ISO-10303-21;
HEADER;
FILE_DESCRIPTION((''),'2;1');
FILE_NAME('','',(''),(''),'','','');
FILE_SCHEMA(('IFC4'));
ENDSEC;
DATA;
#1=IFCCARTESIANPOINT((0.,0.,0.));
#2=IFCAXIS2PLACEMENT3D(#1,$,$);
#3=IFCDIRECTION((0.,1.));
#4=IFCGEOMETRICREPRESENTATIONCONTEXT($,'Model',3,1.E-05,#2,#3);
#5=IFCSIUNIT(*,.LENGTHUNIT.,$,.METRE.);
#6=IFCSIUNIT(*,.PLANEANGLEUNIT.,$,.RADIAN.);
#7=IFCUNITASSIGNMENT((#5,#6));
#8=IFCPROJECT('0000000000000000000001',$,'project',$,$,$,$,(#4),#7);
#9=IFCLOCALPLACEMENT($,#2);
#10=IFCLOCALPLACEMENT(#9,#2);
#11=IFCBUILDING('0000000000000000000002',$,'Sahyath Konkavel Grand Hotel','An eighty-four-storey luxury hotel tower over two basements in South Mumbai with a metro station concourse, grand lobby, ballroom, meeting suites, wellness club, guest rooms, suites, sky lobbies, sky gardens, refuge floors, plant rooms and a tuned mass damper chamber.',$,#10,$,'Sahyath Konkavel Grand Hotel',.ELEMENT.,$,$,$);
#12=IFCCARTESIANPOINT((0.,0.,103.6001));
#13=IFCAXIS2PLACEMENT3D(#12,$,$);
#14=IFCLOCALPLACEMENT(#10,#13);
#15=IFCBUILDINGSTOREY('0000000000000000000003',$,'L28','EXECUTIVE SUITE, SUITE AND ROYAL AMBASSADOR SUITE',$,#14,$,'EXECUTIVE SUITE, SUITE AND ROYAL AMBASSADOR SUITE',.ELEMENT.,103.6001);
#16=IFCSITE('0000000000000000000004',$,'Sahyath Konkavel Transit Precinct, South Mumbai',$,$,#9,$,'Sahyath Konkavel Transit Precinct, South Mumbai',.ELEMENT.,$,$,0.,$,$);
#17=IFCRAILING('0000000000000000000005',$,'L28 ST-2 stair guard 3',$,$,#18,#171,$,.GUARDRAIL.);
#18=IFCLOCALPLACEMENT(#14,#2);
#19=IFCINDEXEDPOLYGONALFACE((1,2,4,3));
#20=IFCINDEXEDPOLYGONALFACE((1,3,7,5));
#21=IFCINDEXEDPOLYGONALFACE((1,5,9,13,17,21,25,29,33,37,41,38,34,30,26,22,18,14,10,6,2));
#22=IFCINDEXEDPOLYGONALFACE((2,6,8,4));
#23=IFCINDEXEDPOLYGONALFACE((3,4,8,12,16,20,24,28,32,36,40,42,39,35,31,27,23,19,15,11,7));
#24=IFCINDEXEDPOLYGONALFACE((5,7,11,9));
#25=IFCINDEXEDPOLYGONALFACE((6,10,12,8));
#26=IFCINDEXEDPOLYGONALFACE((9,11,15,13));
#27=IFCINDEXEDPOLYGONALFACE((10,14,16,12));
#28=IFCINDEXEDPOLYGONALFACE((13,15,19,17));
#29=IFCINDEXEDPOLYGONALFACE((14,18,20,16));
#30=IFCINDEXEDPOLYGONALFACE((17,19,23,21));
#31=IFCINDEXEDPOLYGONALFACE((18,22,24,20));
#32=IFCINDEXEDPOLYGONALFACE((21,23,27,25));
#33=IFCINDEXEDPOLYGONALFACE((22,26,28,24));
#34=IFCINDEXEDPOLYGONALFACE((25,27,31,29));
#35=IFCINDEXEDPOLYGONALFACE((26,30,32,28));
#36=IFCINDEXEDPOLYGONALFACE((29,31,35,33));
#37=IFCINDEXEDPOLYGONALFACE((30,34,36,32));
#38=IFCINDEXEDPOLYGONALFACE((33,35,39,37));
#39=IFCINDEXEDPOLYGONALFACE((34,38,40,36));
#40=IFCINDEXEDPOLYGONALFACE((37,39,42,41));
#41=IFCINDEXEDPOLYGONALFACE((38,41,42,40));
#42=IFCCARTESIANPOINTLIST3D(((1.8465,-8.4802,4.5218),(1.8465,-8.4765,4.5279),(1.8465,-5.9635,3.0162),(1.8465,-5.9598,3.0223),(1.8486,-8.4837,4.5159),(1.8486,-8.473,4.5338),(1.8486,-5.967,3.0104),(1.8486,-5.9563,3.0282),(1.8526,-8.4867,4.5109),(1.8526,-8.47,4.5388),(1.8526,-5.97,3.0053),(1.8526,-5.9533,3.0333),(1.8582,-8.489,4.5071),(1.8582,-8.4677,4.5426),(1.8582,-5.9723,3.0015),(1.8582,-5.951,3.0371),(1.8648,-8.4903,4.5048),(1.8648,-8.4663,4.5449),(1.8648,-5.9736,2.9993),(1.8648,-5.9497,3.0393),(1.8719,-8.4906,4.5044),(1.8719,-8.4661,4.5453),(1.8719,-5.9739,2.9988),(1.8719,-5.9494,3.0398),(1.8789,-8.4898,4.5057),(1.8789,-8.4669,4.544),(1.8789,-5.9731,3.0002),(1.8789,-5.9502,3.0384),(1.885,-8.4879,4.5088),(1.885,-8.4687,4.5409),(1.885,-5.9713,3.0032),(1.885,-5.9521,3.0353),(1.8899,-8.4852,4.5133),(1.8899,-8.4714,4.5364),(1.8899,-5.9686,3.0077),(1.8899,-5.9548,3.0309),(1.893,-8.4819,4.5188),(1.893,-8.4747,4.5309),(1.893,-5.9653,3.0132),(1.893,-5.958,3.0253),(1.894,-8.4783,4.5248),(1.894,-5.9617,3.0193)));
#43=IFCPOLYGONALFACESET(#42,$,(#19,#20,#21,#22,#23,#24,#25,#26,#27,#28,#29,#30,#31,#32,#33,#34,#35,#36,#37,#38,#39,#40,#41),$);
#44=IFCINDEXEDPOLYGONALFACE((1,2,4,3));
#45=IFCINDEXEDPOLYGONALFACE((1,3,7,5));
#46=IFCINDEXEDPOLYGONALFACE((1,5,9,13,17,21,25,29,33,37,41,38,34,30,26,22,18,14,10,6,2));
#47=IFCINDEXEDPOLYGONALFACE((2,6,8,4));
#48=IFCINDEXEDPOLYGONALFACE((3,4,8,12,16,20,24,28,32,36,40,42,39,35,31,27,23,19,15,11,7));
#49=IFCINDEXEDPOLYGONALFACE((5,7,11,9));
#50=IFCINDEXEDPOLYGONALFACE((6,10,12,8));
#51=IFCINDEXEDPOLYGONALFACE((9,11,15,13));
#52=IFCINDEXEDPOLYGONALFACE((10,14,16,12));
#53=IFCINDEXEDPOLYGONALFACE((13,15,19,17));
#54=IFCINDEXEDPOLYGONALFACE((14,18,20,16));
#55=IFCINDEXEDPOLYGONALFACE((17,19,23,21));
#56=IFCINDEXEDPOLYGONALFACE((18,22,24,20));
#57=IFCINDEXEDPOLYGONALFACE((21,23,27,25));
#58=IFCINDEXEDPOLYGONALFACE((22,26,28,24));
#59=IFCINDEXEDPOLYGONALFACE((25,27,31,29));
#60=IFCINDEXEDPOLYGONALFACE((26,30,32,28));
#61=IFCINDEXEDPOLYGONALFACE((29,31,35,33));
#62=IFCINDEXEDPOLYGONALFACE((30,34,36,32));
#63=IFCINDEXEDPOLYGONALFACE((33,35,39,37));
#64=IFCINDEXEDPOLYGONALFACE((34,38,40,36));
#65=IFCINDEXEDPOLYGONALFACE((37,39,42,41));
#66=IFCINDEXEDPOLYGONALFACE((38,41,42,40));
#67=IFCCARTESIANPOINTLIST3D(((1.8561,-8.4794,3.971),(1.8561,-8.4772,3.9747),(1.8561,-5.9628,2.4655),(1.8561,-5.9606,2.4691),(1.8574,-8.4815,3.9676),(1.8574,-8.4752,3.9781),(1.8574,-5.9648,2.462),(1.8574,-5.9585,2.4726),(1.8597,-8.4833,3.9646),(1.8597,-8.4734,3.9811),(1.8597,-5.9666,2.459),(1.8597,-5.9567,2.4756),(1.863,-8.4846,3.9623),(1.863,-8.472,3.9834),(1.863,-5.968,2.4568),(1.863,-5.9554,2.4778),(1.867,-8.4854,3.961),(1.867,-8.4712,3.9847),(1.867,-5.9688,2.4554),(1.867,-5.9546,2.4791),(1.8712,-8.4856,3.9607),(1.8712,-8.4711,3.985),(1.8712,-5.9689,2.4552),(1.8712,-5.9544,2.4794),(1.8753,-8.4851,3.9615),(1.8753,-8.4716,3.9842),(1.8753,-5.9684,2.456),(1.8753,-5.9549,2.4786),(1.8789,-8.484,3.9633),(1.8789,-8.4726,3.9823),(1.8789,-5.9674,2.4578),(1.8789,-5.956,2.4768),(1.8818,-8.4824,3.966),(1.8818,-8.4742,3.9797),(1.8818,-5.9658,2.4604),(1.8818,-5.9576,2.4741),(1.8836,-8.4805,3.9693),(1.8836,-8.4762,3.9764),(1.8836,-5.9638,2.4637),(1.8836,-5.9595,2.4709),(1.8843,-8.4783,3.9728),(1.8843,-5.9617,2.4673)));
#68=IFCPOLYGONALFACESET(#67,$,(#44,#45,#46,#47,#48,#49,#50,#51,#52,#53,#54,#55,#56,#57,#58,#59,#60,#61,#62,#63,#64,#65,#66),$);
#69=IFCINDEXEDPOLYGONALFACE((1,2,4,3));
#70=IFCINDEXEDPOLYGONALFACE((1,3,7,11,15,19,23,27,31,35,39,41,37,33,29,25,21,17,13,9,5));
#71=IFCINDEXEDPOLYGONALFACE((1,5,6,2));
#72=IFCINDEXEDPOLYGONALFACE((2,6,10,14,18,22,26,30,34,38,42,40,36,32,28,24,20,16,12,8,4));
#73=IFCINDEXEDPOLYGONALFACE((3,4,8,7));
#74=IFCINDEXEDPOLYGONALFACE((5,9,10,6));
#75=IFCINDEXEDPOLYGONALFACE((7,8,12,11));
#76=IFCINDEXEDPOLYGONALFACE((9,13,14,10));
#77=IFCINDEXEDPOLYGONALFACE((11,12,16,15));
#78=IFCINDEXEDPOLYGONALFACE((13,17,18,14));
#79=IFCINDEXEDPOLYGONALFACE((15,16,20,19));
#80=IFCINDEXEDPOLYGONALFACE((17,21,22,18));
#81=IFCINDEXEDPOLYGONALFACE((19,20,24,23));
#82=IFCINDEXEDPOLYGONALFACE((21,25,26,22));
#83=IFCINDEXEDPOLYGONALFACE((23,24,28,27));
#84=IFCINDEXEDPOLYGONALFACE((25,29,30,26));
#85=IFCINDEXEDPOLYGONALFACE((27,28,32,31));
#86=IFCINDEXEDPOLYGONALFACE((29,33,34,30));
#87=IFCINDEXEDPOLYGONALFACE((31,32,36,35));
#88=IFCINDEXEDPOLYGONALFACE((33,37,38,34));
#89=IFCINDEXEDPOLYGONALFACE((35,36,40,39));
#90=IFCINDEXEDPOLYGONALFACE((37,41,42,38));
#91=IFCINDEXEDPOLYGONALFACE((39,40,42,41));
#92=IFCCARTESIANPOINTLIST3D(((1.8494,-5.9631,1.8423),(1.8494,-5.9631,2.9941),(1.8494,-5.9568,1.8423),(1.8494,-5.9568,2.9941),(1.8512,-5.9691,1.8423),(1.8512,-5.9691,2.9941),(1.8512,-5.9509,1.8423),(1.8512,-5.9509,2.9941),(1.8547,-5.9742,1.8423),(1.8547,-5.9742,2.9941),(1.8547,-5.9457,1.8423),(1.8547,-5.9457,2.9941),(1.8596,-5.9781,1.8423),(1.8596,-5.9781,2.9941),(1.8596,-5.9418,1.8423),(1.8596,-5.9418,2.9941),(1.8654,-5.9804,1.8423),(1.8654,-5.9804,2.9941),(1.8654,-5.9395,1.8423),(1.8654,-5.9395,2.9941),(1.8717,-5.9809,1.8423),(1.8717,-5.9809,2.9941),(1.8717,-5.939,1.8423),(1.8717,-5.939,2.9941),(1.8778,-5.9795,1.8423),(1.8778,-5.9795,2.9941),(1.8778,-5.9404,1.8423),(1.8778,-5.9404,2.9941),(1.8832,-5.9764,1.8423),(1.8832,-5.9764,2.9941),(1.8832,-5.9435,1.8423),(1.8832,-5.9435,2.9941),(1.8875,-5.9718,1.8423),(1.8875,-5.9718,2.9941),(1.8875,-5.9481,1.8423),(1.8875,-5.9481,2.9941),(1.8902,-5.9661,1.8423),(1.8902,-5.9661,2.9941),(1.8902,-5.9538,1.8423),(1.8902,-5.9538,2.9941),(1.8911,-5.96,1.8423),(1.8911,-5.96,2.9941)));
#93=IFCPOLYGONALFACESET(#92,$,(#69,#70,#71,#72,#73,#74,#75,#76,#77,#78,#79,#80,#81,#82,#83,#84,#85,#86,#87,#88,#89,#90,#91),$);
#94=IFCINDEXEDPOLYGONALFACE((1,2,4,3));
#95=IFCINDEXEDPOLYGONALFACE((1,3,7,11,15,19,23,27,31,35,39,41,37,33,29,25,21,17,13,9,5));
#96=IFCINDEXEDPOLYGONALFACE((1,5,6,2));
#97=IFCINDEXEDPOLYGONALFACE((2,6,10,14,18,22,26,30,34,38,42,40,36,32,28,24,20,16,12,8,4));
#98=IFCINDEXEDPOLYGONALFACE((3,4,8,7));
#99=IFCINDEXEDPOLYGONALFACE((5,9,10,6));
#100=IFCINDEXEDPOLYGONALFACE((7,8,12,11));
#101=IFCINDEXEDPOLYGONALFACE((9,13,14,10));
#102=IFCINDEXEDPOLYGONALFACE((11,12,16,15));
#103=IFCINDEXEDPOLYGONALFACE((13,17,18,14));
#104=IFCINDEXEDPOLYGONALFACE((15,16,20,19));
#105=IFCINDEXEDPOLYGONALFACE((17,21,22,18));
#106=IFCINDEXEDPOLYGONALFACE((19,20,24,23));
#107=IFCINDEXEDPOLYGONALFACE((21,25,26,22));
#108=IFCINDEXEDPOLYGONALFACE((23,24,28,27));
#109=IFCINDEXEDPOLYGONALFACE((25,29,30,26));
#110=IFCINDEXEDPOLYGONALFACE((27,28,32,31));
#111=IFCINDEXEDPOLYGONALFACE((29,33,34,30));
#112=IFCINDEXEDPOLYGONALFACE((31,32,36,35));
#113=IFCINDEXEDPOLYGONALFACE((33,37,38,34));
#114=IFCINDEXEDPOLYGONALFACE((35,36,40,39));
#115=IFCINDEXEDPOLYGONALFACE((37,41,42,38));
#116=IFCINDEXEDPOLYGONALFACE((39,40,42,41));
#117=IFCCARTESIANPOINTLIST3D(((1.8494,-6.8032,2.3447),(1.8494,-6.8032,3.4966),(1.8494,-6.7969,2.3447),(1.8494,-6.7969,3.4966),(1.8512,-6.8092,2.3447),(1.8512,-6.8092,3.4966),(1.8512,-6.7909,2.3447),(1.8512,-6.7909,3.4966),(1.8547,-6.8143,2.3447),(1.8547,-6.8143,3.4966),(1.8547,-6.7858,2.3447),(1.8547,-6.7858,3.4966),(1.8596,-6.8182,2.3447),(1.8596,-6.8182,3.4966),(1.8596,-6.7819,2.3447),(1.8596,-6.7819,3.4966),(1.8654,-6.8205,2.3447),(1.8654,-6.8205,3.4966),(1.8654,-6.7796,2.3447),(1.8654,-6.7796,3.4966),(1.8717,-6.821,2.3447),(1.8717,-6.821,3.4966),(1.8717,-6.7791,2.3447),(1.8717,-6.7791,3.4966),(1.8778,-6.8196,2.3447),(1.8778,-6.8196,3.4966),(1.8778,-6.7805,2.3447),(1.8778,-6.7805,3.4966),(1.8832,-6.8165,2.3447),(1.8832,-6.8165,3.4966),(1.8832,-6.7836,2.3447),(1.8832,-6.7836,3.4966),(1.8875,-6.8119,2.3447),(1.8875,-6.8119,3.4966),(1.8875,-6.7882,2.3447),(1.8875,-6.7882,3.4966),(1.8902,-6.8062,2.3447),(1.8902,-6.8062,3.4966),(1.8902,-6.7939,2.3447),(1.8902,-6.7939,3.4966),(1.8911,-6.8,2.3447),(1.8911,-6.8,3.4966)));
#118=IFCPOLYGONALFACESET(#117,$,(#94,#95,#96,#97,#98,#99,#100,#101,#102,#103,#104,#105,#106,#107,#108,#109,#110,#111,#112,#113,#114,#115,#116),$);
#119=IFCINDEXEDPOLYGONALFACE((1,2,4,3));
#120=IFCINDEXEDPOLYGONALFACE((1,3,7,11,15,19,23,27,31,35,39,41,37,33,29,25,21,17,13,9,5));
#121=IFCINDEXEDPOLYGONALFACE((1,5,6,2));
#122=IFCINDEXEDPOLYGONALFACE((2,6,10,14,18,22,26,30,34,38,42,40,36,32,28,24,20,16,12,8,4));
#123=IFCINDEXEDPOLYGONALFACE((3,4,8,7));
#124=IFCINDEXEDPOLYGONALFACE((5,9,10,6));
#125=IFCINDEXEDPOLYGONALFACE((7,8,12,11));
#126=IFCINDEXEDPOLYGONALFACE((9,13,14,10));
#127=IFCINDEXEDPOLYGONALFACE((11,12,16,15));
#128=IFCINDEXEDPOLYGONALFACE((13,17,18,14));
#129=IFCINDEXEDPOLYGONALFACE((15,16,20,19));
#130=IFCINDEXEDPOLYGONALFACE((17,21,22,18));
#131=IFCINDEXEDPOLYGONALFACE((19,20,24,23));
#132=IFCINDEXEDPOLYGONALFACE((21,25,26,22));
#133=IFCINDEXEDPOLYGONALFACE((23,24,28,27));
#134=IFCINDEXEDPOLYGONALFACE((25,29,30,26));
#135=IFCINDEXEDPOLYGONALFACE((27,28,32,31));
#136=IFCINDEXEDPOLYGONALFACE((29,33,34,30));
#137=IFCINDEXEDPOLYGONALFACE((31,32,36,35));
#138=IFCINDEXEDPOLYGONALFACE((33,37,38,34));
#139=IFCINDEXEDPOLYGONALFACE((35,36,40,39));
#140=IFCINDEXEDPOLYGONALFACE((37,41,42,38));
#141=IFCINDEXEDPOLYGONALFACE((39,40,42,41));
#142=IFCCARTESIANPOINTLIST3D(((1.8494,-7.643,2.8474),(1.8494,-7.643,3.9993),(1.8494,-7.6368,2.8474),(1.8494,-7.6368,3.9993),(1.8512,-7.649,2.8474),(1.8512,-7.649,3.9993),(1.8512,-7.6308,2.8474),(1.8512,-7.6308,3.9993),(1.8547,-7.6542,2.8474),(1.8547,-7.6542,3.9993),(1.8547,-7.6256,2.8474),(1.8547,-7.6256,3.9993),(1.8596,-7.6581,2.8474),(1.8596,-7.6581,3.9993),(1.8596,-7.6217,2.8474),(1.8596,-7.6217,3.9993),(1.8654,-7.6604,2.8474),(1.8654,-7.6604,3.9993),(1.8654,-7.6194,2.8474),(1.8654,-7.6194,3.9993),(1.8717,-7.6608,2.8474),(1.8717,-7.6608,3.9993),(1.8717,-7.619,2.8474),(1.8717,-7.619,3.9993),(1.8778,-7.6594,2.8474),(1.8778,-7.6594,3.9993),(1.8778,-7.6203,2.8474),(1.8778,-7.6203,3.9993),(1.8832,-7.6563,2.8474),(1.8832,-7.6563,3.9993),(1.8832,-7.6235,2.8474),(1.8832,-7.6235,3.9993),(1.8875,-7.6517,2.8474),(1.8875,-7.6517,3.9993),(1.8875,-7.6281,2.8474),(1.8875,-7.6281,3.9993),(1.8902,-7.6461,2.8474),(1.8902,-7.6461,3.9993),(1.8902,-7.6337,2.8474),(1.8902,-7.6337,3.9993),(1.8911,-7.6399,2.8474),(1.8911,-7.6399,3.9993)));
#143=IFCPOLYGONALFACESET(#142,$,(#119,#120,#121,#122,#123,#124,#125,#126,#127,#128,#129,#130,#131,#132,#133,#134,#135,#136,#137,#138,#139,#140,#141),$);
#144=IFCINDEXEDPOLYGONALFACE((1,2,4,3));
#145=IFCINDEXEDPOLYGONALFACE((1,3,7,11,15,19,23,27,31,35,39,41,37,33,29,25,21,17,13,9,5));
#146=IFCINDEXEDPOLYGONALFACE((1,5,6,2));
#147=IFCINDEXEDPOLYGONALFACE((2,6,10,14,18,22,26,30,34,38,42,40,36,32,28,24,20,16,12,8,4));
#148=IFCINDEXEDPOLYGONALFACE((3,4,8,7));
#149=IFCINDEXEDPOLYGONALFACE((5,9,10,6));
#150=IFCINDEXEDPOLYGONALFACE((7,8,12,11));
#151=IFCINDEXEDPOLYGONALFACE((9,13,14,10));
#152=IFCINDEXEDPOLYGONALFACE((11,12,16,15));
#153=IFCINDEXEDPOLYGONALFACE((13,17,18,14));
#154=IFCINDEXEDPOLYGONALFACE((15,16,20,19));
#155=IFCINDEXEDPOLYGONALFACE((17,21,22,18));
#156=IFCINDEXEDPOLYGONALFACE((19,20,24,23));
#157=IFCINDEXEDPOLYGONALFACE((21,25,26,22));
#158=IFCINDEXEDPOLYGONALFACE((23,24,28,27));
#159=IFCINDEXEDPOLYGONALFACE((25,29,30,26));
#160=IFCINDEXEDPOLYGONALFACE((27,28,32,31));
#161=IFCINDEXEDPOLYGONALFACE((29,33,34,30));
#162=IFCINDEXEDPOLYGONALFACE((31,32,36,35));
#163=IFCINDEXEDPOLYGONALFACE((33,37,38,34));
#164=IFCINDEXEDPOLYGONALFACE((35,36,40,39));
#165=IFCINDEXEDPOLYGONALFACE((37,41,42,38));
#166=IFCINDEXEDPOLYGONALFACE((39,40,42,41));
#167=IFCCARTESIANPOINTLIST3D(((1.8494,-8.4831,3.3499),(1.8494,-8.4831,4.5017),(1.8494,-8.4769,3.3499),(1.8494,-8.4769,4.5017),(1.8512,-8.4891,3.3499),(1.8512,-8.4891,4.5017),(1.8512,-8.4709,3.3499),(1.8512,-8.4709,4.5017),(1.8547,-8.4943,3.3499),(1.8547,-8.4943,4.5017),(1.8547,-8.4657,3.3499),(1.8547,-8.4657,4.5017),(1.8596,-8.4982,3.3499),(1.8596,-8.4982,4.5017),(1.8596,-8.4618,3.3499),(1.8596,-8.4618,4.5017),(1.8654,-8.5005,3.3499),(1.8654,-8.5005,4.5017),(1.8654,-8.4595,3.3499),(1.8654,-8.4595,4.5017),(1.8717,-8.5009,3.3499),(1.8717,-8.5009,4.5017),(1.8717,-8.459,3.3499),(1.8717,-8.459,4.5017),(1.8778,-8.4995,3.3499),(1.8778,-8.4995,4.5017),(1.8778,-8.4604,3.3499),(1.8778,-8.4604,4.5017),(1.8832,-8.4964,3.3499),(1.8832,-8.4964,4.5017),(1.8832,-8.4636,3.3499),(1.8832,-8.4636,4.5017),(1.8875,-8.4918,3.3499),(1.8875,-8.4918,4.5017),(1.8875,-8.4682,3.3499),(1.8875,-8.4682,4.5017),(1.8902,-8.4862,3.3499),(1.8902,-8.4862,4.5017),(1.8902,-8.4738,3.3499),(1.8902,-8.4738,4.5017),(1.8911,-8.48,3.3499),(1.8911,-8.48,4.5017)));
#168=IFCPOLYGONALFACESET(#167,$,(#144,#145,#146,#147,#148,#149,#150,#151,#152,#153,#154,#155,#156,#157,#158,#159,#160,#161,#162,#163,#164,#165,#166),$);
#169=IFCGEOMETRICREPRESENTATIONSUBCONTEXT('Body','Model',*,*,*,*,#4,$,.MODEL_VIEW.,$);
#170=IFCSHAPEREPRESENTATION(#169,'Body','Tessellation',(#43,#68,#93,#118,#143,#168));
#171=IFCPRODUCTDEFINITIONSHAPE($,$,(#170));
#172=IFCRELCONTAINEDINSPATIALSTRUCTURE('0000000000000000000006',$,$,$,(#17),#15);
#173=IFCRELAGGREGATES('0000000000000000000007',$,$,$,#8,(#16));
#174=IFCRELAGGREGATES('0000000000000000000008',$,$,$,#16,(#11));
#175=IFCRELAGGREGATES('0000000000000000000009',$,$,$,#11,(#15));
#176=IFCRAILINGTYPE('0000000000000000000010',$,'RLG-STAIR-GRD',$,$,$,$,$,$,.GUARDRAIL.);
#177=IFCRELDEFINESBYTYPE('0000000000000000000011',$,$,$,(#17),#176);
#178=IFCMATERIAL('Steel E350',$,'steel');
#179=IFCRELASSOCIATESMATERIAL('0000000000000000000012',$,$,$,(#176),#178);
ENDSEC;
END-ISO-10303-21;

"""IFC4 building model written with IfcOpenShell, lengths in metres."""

from ifc_helpers import new_model, si_unit, direction, frame, origin, origin_2d, place, context, subcontext, project, spatial, circle, extrude, material, type_object, element, save


model = new_model("IFC4")

# Units and contexts
model_context = context("Model", 3, precision=1e-05, world=origin(), true_north=direction((0.0, 1.0)))
body_context = subcontext(model_context, "Body", "Model", "MODEL_VIEW")
ifc_project = project(units=[si_unit("LENGTHUNIT", "METRE"), si_unit("PLANEANGLEUNIT", "RADIAN")], contexts=[model_context])

# Site, building, storey
site_placement = place(None, origin())
site = spatial("IfcSite", under=ifc_project, at=site_placement, Name="Sahyath Konkavel Transit Precinct, South Mumbai", LongName="Sahyath Konkavel Transit Precinct, South Mumbai", CompositionType="ELEMENT", RefElevation=0.0)
building_placement = place(site_placement, origin())
building = spatial("IfcBuilding", under=site, at=building_placement, Name="Sahyath Konkavel Grand Hotel", Description="An eighty-four-storey luxury hotel tower over two basements in South Mumbai with a metro station concourse, grand lobby, ballroom, meeting suites, wellness club, guest rooms, suites, sky lobbies, sky gardens, refuge floors, plant rooms and a tuned mass damper chamber.", LongName="Sahyath Konkavel Grand Hotel", CompositionType="ELEMENT")
storey_placement = place(building_placement, frame((0.0, 0.0, 103.6001)))
storey = spatial("IfcBuildingStorey", under=building, at=storey_placement, Name="L28", Description="EXECUTIVE SUITE, SUITE AND ROYAL AMBASSADOR SUITE", LongName="EXECUTIVE SUITE, SUITE AND ROYAL AMBASSADOR SUITE", CompositionType="ELEMENT", Elevation=103.6001)

# Shared definitions
ifc_material_1 = material(Name="Steel E350", Category="steel")

# Railing
railing_type_1 = type_object("IfcRailingType", Name="RLG-STAIR-GRD", PredefinedType="GUARDRAIL", material=ifc_material_1)
railing_1_placement = place(storey_placement, frame((1.8701, -5.96, 1.8423)))
element("IfcRailing", 1, at=railing_1_placement, inside=storey, type_object=railing_type_1, Name="L28 ST-2 stair guard 3", PredefinedType="GUARDRAIL", context=body_context, shape_type="SweptSolid", body=[
    extrude(circle(Radius=0.0239, at=origin_2d()), frame((0.0, -0.0017, 1.177), z_axis=(0.0, -0.85816, 0.513383), x_axis=(1.0, 0.0, 0.0)), (0.0, 0.0, 1.0), 2.9326),
    extrude(circle(Radius=0.0142, at=origin_2d()), frame((0.0, -0.0017, 0.625), z_axis=(0.0, -0.85816, 0.513383), x_axis=(1.0, 0.0, 0.0)), (0.0, 0.0, 1.0), 2.9326),
    extrude(circle(Radius=0.021, at=origin_2d()), origin(), (0.0, 0.0, 1.0), 1.1519),
    extrude(circle(Radius=0.021, at=origin_2d()), frame((0.0, -0.8401, 0.5024)), (0.0, 0.0, 1.0), 1.1519),
    extrude(circle(Radius=0.021, at=origin_2d()), frame((0.0, -1.6799, 1.0051)), (0.0, 0.0, 1.0), 1.1519),
    extrude(circle(Radius=0.021, at=origin_2d()), frame((0.0, -2.52, 1.5076)), (0.0, 0.0, 1.0), 1.1519),
])

save(model, "model.ifc")
